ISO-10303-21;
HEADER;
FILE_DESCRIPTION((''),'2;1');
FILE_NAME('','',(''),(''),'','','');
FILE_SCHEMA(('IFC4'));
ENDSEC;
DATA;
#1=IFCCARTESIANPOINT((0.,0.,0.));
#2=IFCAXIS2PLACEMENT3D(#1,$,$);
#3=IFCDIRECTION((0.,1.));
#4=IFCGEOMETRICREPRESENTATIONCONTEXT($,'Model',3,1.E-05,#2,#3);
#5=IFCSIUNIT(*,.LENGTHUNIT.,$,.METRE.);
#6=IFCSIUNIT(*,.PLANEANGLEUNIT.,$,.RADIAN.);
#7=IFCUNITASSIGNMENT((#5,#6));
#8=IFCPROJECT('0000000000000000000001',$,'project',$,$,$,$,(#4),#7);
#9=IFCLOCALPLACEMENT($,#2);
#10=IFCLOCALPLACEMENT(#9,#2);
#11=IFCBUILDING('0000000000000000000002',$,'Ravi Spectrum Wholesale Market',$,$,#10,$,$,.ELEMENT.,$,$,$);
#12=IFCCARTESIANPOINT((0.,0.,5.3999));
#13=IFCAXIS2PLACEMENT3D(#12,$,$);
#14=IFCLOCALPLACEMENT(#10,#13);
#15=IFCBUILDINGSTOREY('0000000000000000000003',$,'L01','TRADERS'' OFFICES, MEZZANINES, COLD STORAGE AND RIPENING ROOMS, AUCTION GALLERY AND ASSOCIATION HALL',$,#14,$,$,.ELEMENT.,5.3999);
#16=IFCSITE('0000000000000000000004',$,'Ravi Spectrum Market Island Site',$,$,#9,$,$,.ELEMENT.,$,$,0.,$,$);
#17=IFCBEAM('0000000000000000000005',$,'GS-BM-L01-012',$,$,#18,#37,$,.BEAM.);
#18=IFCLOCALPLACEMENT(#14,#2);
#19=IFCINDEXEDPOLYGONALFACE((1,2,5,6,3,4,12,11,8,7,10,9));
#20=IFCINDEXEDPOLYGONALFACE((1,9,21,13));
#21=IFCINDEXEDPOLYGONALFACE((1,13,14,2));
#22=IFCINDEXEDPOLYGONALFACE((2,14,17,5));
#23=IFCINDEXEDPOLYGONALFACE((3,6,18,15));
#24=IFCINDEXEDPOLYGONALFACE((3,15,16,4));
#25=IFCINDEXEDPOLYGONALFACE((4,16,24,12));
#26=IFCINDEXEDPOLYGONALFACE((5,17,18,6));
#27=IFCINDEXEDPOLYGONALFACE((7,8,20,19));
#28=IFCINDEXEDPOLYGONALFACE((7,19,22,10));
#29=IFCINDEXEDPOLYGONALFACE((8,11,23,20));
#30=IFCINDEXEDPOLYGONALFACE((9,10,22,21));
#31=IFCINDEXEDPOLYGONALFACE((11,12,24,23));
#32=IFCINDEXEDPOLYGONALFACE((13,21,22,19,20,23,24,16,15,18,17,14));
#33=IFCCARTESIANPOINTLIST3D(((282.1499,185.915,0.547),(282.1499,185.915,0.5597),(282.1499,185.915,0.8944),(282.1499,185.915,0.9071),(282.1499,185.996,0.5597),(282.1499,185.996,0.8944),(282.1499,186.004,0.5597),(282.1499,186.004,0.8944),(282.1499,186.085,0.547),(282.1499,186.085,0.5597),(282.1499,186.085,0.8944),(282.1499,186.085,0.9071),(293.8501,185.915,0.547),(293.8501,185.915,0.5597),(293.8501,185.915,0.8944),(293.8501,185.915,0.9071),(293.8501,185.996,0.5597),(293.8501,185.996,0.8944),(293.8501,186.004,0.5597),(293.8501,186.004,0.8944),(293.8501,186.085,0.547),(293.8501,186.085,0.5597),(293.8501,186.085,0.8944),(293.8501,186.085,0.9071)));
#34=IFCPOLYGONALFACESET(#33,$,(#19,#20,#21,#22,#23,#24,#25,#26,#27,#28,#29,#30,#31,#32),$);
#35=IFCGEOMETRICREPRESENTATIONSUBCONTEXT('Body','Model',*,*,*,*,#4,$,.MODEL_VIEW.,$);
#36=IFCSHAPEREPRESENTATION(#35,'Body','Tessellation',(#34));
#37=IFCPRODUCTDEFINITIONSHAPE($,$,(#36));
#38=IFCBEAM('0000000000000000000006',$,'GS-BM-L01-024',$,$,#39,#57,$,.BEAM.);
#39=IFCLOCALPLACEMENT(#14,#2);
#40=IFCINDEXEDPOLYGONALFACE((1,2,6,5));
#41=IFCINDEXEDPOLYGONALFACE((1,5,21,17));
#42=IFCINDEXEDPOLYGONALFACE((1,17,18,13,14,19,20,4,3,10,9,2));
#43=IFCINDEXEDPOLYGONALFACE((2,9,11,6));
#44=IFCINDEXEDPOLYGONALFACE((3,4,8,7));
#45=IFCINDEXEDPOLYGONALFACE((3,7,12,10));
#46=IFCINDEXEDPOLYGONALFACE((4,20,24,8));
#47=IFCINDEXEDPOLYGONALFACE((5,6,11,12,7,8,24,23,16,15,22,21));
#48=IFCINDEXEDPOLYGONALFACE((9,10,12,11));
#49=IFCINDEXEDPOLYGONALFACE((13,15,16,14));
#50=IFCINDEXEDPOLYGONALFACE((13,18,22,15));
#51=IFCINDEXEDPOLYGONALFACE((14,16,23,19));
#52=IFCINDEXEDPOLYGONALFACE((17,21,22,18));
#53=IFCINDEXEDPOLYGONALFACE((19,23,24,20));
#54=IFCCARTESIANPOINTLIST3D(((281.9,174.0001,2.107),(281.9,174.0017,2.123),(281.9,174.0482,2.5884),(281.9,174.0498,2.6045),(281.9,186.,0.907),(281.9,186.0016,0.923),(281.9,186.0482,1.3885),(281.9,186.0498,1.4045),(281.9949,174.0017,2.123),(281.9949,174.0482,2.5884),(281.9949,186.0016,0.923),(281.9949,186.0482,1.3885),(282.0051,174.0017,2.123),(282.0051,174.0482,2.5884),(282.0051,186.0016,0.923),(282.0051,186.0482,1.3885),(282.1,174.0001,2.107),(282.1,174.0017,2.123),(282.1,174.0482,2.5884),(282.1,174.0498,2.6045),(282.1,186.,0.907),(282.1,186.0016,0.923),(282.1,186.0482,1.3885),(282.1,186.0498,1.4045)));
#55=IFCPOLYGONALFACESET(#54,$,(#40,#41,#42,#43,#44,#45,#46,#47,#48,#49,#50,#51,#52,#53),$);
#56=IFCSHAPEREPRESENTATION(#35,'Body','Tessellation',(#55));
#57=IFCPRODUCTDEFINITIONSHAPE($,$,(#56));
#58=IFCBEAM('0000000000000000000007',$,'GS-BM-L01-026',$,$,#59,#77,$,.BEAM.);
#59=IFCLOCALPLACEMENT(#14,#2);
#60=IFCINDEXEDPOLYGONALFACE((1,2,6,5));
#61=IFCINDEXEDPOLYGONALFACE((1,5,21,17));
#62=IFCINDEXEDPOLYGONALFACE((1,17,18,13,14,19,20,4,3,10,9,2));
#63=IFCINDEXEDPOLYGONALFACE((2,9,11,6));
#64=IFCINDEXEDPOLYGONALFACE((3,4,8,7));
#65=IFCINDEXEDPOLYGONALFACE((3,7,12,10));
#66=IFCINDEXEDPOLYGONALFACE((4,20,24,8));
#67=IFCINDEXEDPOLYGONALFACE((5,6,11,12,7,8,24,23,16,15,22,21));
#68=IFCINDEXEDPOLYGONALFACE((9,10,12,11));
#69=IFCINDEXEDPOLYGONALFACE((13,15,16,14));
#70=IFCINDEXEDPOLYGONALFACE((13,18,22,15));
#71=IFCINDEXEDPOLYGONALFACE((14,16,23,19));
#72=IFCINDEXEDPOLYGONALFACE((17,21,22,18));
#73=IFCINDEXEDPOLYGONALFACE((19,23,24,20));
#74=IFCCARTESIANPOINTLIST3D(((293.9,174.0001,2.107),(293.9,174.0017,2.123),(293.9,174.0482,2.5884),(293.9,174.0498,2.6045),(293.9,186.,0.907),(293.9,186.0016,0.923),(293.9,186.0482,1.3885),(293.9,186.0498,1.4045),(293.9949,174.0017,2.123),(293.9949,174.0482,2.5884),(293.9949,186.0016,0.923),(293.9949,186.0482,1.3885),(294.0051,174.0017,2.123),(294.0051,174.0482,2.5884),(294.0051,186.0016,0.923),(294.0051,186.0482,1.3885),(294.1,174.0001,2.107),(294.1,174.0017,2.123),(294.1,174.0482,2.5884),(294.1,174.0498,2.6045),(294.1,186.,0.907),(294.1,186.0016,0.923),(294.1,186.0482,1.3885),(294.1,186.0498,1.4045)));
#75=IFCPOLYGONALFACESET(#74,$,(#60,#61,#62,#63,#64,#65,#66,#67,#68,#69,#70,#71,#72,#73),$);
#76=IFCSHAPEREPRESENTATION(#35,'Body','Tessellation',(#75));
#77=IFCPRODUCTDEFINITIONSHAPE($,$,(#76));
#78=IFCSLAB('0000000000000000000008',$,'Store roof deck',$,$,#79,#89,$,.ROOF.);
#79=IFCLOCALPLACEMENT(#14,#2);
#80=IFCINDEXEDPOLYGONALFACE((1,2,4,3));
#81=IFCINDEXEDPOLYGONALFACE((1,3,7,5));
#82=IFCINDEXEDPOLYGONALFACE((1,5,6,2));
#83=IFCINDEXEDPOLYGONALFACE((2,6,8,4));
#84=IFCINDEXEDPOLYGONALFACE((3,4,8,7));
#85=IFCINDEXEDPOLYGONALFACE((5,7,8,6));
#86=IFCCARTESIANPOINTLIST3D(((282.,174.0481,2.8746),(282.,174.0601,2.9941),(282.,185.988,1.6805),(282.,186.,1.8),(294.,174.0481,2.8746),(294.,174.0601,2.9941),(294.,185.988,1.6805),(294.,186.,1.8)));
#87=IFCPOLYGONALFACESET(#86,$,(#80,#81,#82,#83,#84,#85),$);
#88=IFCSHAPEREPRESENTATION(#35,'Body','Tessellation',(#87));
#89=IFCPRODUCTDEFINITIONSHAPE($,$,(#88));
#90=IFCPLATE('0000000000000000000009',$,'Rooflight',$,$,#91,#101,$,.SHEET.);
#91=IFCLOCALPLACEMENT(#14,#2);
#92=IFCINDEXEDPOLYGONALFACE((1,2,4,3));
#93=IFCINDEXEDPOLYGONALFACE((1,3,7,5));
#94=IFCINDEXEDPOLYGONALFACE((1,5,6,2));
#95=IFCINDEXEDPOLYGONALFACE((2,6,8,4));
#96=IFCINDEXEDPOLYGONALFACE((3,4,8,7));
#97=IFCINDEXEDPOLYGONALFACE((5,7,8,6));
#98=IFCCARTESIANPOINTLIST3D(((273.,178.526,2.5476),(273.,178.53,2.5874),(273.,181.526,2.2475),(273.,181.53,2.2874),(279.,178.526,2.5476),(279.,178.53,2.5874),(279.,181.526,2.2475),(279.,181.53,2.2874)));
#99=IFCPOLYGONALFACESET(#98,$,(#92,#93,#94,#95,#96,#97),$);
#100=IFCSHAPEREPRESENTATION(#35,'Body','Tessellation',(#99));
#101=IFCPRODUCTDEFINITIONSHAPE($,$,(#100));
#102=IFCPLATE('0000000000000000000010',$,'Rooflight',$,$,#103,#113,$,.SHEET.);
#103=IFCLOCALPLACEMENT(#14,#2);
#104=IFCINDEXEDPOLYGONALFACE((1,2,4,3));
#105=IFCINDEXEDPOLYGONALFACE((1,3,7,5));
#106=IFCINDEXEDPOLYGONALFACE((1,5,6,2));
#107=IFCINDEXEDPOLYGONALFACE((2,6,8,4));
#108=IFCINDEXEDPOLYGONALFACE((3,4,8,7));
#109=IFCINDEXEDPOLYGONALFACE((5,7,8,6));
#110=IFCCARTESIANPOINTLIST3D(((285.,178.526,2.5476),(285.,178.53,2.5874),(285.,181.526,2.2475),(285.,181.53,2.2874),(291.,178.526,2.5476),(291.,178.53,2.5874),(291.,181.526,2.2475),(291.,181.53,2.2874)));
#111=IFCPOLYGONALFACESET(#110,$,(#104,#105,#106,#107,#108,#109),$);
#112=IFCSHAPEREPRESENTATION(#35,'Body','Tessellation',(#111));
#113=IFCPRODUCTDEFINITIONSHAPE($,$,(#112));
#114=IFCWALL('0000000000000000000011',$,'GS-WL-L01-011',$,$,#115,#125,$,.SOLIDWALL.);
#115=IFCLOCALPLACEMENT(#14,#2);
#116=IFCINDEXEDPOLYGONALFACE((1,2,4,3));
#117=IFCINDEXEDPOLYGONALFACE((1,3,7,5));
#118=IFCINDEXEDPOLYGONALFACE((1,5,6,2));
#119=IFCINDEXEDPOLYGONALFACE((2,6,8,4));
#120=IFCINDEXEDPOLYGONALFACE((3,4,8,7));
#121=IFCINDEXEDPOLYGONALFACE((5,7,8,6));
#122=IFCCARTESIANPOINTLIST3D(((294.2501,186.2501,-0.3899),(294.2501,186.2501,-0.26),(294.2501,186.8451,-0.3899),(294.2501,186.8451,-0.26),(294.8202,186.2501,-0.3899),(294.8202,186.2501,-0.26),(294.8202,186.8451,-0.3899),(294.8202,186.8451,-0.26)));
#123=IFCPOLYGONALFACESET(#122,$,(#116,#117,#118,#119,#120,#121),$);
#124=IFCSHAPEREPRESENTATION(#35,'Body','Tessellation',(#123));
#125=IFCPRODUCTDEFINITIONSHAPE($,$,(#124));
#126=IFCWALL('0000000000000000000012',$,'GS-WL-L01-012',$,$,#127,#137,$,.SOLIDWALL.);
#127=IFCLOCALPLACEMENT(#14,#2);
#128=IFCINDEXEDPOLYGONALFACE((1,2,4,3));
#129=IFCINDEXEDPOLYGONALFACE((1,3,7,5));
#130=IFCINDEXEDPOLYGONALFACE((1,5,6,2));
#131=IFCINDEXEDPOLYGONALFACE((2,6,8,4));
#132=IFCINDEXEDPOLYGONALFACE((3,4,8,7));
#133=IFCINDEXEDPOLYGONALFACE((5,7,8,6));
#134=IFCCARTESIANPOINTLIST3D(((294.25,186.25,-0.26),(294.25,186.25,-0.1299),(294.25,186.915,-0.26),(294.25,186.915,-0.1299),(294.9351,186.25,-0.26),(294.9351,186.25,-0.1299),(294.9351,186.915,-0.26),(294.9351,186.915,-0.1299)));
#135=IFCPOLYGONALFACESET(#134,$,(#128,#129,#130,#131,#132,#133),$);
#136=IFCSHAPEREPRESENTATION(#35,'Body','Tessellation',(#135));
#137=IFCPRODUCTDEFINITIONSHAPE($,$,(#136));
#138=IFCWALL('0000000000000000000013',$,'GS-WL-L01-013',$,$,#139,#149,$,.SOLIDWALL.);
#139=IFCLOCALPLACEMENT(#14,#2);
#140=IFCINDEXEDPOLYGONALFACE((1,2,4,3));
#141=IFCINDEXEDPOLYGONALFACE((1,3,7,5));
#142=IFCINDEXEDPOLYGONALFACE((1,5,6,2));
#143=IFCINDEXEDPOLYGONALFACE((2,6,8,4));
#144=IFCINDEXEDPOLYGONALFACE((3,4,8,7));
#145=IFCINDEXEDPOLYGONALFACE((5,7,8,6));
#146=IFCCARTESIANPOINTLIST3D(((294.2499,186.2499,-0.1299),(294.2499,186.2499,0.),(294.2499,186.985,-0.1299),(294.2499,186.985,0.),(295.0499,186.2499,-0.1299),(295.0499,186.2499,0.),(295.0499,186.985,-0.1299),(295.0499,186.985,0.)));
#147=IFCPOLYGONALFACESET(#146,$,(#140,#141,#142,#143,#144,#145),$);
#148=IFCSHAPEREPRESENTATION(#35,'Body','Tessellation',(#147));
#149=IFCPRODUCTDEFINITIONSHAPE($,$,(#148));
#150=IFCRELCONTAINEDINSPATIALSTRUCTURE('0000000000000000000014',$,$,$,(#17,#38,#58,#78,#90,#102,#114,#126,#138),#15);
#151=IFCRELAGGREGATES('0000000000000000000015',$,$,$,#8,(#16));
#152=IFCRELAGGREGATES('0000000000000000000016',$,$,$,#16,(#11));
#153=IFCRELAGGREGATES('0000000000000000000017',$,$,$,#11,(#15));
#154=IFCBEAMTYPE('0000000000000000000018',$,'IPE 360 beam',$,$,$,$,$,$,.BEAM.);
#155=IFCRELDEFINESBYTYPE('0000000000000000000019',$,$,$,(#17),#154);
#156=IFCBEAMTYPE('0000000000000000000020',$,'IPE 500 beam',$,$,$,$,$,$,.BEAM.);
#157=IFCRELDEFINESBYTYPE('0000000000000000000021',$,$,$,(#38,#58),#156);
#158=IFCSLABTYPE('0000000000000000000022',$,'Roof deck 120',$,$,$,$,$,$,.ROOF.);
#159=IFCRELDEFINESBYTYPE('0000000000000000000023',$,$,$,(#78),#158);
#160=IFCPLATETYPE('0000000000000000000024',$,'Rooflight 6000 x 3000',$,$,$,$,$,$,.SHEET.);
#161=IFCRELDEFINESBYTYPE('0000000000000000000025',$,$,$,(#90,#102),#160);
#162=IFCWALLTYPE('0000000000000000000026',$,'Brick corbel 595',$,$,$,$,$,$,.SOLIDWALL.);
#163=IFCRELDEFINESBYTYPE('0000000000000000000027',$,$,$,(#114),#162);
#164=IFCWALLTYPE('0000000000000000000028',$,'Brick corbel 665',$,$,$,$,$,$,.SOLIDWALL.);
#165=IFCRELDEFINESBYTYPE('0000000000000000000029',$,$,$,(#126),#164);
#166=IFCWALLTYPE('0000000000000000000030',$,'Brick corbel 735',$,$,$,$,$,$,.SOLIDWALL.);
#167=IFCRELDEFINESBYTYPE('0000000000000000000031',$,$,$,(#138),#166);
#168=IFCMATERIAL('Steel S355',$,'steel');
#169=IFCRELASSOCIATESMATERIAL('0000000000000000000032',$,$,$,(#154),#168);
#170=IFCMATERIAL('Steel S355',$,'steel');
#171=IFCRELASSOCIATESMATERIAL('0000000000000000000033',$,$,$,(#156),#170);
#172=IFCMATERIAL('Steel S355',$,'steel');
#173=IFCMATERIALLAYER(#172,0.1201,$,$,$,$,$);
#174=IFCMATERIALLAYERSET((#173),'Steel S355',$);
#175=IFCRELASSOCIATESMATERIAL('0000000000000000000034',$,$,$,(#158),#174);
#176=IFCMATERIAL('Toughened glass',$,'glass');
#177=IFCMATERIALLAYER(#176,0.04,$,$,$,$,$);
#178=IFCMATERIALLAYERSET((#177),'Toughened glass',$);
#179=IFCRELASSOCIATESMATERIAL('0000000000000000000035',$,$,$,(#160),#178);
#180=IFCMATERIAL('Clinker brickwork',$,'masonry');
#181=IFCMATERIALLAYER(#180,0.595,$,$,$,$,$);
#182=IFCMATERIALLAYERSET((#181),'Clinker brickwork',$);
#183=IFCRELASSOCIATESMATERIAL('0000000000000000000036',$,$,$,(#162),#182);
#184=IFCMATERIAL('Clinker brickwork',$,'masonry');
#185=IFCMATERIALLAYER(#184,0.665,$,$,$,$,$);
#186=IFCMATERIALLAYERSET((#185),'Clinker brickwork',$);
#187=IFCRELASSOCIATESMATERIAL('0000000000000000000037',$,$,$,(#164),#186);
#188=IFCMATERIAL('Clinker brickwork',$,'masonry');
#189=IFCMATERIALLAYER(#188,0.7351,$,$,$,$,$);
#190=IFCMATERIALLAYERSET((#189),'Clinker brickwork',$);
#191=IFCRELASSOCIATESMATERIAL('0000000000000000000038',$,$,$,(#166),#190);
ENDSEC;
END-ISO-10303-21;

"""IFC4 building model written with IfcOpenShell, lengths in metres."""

from ifc_helpers import new_model, si_unit, direction, frame, frame_2d, origin, origin_2d, place, context, subcontext, project, spatial, polyline, rectangle, i_section, outline, extrude, material, layer, layer_set, material_profile, profile_set, type_object, element, save


model = new_model("IFC4")

# Units and contexts
model_context = context("Model", 3, precision=1e-05, world=origin(), true_north=direction((0.0, 1.0)))
body_context = subcontext(model_context, "Body", "Model", "MODEL_VIEW")
ifc_project = project(units=[si_unit("LENGTHUNIT", "METRE"), si_unit("PLANEANGLEUNIT", "RADIAN")], contexts=[model_context])

# Site, building, storey
site_placement = place(None, origin())
site = spatial("IfcSite", under=ifc_project, at=site_placement, Name="Ravi Spectrum Market Island Site", CompositionType="ELEMENT", RefElevation=0.0)
building_placement = place(site_placement, origin())
building = spatial("IfcBuilding", under=site, at=building_placement, Name="Ravi Spectrum Wholesale Market", CompositionType="ELEMENT")
storey_placement = place(building_placement, frame((0.0, 0.0, 5.3999)))
storey = spatial("IfcBuildingStorey", under=building, at=storey_placement, Name="L01", Description="TRADERS' OFFICES, MEZZANINES, COLD STORAGE AND RIPENING ROOMS, AUCTION GALLERY AND ASSOCIATION HALL", CompositionType="ELEMENT", Elevation=5.3999)

# Beams
ifc_material_1 = material(Name="Steel S355", Category="steel")
ifc_material_profile_1 = material_profile(ifc_material_1, i_section(OverallWidth=0.1699, OverallDepth=0.3601, WebThickness=0.0081, FlangeThickness=0.0127, at=origin_2d()))
ifc_profile_set_1 = profile_set([ifc_material_profile_1], Name="Steel S355")
beam_type_1 = type_object("IfcBeamType", Name="IPE 360 beam", PredefinedType="BEAM", material=ifc_profile_set_1)
beam_placement = place(storey_placement, frame((282.1499, 186.0, 0.7271), z_axis=(1.0, 0.0, 0.0), x_axis=(0.0, 1.0, 0.0)))
element("IfcBeam", 1, at=beam_placement, inside=storey, type_object=beam_type_1, Name="GS-BM-L01-012", PredefinedType="BEAM", context=body_context, shape_type="SweptSolid", body=[
    extrude(i_section(OverallWidth=0.1699, OverallDepth=0.3601, WebThickness=0.0081, FlangeThickness=0.0127, at=origin_2d()), origin(), (0.0, 0.0, 1.0), 11.7002),
])
ifc_material_2 = material(Name="Steel S355", Category="steel")
ifc_material_profile_2 = material_profile(ifc_material_2, i_section(OverallWidth=0.2, OverallDepth=0.5, WebThickness=0.0103, FlangeThickness=0.0161, at=origin_2d()))
ifc_profile_set_2 = profile_set([ifc_material_profile_2], Name="Steel S355")
beam_type_2 = type_object("IfcBeamType", Name="IPE 500 beam", PredefinedType="BEAM", material=ifc_profile_set_2)
for number, where, z_axis, x_axis, name in (
    (2, (282.0, 186.0249, 1.1558), (0.0, -0.995038, 0.0995), (1.0, 0.0, 0.0), "GS-BM-L01-024"),
    (3, (294.0, 186.0249, 1.1558), (0.0, -0.995038, 0.0995), (1.0, 0.0, 0.0), "GS-BM-L01-026"),
):
    element("IfcBeam", number, at=place(storey_placement, frame(where, z_axis=z_axis, x_axis=x_axis)), inside=storey, type_object=beam_type_2, Name=name, PredefinedType="BEAM", context=body_context, shape_type="SweptSolid", body=[
        extrude(i_section(OverallWidth=0.2, OverallDepth=0.5, WebThickness=0.0103, FlangeThickness=0.0161, at=origin_2d()), origin(), (0.0, 0.0, 1.0), 12.0598),
    ])

# Slab
ifc_material_3 = material(Name="Steel S355", Category="steel")
ifc_layer_1 = layer(ifc_material_3, 0.1201)
ifc_layer_set_1 = layer_set([ifc_layer_1], Name="Steel S355")
slab_type = type_object("IfcSlabType", Name="Roof deck 120", PredefinedType="ROOF", material=ifc_layer_set_1)
slab_placement = place(storey_placement, frame((282.0, 186.0, 1.8), z_axis=(0.0, 0.099512, 0.995036), x_axis=(1.0, 0.0, 0.0)))
element("IfcSlab", 4, at=slab_placement, inside=storey, type_object=slab_type, Name="Store roof deck", PredefinedType="ROOF", context=body_context, shape_type="SweptSolid", body=[
    extrude(outline(polyline([(0.0, 0.0), (12.0, 0.0), (12.0, -11.9995), (0.0, -11.9995), (0.0, 0.0)])), origin(), (0.0, 0.0, -1.0), 0.1201),
])

# Plates
ifc_material_4 = material(Name="Toughened glass", Category="glass")
ifc_layer_2 = layer(ifc_material_4, 0.04)
ifc_layer_set_2 = layer_set([ifc_layer_2], Name="Toughened glass")
plate_type = type_object("IfcPlateType", Name="Rooflight 6000 x 3000", PredefinedType="SHEET", material=ifc_layer_set_2)
for number, where, z_axis, x_axis, name in (
    (5, (273.0, 178.53, 2.5874), (0.0, 0.09952, 0.995036), (1.0, 0.0, 0.0), "Rooflight"),
    (6, (285.0, 178.53, 2.5874), (0.0, 0.09952, 0.995036), (1.0, 0.0, 0.0), "Rooflight"),
):
    element("IfcPlate", number, at=place(storey_placement, frame(where, z_axis=z_axis, x_axis=x_axis)), inside=storey, type_object=plate_type, Name=name, PredefinedType="SHEET", context=body_context, shape_type="SweptSolid", body=[
        extrude(outline(polyline([(0.0, 0.0), (6.0, 0.0), (6.0, 3.015), (0.0, 3.015), (0.0, 0.0)])), origin(), (0.0, 0.0, -1.0), 0.04),
    ])

# Walls
ifc_material_5 = material(Name="Clinker brickwork", Category="masonry")
ifc_layer_3 = layer(ifc_material_5, 0.595)
ifc_layer_set_3 = layer_set([ifc_layer_3], Name="Clinker brickwork")
wall_type_1 = type_object("IfcWallType", Name="Brick corbel 595", PredefinedType="SOLIDWALL", material=ifc_layer_set_3)
wall_1_placement = place(storey_placement, frame((294.25, 186.5476, -0.3899), z_axis=(0.0, 0.0, 1.0), x_axis=(1.0, 0.0, 0.0)))
element("IfcWall", 7, at=wall_1_placement, inside=storey, type_object=wall_type_1, Name="GS-WL-L01-011", PredefinedType="SOLIDWALL", context=body_context, shape_type="SweptSolid", body=[
    extrude(rectangle(XDim=0.5701, YDim=0.595, at=frame_2d((0.2852, 0.0))), origin(), (0.0, 0.0, 1.0), 0.1299),
])
ifc_material_6 = material(Name="Clinker brickwork", Category="masonry")
ifc_layer_4 = layer(ifc_material_6, 0.665)
ifc_layer_set_4 = layer_set([ifc_layer_4], Name="Clinker brickwork")
wall_type_2 = type_object("IfcWallType", Name="Brick corbel 665", PredefinedType="SOLIDWALL", material=ifc_layer_set_4)
wall_2_placement = place(storey_placement, frame((294.25, 186.5825, -0.26), z_axis=(0.0, 0.0, 1.0), x_axis=(1.0, 0.0, 0.0)))
element("IfcWall", 8, at=wall_2_placement, inside=storey, type_object=wall_type_2, Name="GS-WL-L01-012", PredefinedType="SOLIDWALL", context=body_context, shape_type="SweptSolid", body=[
    extrude(rectangle(XDim=0.6851, YDim=0.665, at=frame_2d((0.3425, 0.0))), origin(), (0.0, 0.0, 1.0), 0.1301),
])
ifc_material_7 = material(Name="Clinker brickwork", Category="masonry")
ifc_layer_5 = layer(ifc_material_7, 0.7351)
ifc_layer_set_5 = layer_set([ifc_layer_5], Name="Clinker brickwork")
wall_type_3 = type_object("IfcWallType", Name="Brick corbel 735", PredefinedType="SOLIDWALL", material=ifc_layer_set_5)
wall_3_placement = place(storey_placement, frame((294.25, 186.6174, -0.1299), z_axis=(0.0, 0.0, 1.0), x_axis=(1.0, 0.0, 0.0)))
element("IfcWall", 9, at=wall_3_placement, inside=storey, type_object=wall_type_3, Name="GS-WL-L01-013", PredefinedType="SOLIDWALL", context=body_context, shape_type="SweptSolid", body=[
    extrude(rectangle(XDim=0.8, YDim=0.7351, at=frame_2d((0.3999, 0.0))), origin(), (0.0, 0.0, 1.0), 0.1299),
])

save(model, "model.ifc")
